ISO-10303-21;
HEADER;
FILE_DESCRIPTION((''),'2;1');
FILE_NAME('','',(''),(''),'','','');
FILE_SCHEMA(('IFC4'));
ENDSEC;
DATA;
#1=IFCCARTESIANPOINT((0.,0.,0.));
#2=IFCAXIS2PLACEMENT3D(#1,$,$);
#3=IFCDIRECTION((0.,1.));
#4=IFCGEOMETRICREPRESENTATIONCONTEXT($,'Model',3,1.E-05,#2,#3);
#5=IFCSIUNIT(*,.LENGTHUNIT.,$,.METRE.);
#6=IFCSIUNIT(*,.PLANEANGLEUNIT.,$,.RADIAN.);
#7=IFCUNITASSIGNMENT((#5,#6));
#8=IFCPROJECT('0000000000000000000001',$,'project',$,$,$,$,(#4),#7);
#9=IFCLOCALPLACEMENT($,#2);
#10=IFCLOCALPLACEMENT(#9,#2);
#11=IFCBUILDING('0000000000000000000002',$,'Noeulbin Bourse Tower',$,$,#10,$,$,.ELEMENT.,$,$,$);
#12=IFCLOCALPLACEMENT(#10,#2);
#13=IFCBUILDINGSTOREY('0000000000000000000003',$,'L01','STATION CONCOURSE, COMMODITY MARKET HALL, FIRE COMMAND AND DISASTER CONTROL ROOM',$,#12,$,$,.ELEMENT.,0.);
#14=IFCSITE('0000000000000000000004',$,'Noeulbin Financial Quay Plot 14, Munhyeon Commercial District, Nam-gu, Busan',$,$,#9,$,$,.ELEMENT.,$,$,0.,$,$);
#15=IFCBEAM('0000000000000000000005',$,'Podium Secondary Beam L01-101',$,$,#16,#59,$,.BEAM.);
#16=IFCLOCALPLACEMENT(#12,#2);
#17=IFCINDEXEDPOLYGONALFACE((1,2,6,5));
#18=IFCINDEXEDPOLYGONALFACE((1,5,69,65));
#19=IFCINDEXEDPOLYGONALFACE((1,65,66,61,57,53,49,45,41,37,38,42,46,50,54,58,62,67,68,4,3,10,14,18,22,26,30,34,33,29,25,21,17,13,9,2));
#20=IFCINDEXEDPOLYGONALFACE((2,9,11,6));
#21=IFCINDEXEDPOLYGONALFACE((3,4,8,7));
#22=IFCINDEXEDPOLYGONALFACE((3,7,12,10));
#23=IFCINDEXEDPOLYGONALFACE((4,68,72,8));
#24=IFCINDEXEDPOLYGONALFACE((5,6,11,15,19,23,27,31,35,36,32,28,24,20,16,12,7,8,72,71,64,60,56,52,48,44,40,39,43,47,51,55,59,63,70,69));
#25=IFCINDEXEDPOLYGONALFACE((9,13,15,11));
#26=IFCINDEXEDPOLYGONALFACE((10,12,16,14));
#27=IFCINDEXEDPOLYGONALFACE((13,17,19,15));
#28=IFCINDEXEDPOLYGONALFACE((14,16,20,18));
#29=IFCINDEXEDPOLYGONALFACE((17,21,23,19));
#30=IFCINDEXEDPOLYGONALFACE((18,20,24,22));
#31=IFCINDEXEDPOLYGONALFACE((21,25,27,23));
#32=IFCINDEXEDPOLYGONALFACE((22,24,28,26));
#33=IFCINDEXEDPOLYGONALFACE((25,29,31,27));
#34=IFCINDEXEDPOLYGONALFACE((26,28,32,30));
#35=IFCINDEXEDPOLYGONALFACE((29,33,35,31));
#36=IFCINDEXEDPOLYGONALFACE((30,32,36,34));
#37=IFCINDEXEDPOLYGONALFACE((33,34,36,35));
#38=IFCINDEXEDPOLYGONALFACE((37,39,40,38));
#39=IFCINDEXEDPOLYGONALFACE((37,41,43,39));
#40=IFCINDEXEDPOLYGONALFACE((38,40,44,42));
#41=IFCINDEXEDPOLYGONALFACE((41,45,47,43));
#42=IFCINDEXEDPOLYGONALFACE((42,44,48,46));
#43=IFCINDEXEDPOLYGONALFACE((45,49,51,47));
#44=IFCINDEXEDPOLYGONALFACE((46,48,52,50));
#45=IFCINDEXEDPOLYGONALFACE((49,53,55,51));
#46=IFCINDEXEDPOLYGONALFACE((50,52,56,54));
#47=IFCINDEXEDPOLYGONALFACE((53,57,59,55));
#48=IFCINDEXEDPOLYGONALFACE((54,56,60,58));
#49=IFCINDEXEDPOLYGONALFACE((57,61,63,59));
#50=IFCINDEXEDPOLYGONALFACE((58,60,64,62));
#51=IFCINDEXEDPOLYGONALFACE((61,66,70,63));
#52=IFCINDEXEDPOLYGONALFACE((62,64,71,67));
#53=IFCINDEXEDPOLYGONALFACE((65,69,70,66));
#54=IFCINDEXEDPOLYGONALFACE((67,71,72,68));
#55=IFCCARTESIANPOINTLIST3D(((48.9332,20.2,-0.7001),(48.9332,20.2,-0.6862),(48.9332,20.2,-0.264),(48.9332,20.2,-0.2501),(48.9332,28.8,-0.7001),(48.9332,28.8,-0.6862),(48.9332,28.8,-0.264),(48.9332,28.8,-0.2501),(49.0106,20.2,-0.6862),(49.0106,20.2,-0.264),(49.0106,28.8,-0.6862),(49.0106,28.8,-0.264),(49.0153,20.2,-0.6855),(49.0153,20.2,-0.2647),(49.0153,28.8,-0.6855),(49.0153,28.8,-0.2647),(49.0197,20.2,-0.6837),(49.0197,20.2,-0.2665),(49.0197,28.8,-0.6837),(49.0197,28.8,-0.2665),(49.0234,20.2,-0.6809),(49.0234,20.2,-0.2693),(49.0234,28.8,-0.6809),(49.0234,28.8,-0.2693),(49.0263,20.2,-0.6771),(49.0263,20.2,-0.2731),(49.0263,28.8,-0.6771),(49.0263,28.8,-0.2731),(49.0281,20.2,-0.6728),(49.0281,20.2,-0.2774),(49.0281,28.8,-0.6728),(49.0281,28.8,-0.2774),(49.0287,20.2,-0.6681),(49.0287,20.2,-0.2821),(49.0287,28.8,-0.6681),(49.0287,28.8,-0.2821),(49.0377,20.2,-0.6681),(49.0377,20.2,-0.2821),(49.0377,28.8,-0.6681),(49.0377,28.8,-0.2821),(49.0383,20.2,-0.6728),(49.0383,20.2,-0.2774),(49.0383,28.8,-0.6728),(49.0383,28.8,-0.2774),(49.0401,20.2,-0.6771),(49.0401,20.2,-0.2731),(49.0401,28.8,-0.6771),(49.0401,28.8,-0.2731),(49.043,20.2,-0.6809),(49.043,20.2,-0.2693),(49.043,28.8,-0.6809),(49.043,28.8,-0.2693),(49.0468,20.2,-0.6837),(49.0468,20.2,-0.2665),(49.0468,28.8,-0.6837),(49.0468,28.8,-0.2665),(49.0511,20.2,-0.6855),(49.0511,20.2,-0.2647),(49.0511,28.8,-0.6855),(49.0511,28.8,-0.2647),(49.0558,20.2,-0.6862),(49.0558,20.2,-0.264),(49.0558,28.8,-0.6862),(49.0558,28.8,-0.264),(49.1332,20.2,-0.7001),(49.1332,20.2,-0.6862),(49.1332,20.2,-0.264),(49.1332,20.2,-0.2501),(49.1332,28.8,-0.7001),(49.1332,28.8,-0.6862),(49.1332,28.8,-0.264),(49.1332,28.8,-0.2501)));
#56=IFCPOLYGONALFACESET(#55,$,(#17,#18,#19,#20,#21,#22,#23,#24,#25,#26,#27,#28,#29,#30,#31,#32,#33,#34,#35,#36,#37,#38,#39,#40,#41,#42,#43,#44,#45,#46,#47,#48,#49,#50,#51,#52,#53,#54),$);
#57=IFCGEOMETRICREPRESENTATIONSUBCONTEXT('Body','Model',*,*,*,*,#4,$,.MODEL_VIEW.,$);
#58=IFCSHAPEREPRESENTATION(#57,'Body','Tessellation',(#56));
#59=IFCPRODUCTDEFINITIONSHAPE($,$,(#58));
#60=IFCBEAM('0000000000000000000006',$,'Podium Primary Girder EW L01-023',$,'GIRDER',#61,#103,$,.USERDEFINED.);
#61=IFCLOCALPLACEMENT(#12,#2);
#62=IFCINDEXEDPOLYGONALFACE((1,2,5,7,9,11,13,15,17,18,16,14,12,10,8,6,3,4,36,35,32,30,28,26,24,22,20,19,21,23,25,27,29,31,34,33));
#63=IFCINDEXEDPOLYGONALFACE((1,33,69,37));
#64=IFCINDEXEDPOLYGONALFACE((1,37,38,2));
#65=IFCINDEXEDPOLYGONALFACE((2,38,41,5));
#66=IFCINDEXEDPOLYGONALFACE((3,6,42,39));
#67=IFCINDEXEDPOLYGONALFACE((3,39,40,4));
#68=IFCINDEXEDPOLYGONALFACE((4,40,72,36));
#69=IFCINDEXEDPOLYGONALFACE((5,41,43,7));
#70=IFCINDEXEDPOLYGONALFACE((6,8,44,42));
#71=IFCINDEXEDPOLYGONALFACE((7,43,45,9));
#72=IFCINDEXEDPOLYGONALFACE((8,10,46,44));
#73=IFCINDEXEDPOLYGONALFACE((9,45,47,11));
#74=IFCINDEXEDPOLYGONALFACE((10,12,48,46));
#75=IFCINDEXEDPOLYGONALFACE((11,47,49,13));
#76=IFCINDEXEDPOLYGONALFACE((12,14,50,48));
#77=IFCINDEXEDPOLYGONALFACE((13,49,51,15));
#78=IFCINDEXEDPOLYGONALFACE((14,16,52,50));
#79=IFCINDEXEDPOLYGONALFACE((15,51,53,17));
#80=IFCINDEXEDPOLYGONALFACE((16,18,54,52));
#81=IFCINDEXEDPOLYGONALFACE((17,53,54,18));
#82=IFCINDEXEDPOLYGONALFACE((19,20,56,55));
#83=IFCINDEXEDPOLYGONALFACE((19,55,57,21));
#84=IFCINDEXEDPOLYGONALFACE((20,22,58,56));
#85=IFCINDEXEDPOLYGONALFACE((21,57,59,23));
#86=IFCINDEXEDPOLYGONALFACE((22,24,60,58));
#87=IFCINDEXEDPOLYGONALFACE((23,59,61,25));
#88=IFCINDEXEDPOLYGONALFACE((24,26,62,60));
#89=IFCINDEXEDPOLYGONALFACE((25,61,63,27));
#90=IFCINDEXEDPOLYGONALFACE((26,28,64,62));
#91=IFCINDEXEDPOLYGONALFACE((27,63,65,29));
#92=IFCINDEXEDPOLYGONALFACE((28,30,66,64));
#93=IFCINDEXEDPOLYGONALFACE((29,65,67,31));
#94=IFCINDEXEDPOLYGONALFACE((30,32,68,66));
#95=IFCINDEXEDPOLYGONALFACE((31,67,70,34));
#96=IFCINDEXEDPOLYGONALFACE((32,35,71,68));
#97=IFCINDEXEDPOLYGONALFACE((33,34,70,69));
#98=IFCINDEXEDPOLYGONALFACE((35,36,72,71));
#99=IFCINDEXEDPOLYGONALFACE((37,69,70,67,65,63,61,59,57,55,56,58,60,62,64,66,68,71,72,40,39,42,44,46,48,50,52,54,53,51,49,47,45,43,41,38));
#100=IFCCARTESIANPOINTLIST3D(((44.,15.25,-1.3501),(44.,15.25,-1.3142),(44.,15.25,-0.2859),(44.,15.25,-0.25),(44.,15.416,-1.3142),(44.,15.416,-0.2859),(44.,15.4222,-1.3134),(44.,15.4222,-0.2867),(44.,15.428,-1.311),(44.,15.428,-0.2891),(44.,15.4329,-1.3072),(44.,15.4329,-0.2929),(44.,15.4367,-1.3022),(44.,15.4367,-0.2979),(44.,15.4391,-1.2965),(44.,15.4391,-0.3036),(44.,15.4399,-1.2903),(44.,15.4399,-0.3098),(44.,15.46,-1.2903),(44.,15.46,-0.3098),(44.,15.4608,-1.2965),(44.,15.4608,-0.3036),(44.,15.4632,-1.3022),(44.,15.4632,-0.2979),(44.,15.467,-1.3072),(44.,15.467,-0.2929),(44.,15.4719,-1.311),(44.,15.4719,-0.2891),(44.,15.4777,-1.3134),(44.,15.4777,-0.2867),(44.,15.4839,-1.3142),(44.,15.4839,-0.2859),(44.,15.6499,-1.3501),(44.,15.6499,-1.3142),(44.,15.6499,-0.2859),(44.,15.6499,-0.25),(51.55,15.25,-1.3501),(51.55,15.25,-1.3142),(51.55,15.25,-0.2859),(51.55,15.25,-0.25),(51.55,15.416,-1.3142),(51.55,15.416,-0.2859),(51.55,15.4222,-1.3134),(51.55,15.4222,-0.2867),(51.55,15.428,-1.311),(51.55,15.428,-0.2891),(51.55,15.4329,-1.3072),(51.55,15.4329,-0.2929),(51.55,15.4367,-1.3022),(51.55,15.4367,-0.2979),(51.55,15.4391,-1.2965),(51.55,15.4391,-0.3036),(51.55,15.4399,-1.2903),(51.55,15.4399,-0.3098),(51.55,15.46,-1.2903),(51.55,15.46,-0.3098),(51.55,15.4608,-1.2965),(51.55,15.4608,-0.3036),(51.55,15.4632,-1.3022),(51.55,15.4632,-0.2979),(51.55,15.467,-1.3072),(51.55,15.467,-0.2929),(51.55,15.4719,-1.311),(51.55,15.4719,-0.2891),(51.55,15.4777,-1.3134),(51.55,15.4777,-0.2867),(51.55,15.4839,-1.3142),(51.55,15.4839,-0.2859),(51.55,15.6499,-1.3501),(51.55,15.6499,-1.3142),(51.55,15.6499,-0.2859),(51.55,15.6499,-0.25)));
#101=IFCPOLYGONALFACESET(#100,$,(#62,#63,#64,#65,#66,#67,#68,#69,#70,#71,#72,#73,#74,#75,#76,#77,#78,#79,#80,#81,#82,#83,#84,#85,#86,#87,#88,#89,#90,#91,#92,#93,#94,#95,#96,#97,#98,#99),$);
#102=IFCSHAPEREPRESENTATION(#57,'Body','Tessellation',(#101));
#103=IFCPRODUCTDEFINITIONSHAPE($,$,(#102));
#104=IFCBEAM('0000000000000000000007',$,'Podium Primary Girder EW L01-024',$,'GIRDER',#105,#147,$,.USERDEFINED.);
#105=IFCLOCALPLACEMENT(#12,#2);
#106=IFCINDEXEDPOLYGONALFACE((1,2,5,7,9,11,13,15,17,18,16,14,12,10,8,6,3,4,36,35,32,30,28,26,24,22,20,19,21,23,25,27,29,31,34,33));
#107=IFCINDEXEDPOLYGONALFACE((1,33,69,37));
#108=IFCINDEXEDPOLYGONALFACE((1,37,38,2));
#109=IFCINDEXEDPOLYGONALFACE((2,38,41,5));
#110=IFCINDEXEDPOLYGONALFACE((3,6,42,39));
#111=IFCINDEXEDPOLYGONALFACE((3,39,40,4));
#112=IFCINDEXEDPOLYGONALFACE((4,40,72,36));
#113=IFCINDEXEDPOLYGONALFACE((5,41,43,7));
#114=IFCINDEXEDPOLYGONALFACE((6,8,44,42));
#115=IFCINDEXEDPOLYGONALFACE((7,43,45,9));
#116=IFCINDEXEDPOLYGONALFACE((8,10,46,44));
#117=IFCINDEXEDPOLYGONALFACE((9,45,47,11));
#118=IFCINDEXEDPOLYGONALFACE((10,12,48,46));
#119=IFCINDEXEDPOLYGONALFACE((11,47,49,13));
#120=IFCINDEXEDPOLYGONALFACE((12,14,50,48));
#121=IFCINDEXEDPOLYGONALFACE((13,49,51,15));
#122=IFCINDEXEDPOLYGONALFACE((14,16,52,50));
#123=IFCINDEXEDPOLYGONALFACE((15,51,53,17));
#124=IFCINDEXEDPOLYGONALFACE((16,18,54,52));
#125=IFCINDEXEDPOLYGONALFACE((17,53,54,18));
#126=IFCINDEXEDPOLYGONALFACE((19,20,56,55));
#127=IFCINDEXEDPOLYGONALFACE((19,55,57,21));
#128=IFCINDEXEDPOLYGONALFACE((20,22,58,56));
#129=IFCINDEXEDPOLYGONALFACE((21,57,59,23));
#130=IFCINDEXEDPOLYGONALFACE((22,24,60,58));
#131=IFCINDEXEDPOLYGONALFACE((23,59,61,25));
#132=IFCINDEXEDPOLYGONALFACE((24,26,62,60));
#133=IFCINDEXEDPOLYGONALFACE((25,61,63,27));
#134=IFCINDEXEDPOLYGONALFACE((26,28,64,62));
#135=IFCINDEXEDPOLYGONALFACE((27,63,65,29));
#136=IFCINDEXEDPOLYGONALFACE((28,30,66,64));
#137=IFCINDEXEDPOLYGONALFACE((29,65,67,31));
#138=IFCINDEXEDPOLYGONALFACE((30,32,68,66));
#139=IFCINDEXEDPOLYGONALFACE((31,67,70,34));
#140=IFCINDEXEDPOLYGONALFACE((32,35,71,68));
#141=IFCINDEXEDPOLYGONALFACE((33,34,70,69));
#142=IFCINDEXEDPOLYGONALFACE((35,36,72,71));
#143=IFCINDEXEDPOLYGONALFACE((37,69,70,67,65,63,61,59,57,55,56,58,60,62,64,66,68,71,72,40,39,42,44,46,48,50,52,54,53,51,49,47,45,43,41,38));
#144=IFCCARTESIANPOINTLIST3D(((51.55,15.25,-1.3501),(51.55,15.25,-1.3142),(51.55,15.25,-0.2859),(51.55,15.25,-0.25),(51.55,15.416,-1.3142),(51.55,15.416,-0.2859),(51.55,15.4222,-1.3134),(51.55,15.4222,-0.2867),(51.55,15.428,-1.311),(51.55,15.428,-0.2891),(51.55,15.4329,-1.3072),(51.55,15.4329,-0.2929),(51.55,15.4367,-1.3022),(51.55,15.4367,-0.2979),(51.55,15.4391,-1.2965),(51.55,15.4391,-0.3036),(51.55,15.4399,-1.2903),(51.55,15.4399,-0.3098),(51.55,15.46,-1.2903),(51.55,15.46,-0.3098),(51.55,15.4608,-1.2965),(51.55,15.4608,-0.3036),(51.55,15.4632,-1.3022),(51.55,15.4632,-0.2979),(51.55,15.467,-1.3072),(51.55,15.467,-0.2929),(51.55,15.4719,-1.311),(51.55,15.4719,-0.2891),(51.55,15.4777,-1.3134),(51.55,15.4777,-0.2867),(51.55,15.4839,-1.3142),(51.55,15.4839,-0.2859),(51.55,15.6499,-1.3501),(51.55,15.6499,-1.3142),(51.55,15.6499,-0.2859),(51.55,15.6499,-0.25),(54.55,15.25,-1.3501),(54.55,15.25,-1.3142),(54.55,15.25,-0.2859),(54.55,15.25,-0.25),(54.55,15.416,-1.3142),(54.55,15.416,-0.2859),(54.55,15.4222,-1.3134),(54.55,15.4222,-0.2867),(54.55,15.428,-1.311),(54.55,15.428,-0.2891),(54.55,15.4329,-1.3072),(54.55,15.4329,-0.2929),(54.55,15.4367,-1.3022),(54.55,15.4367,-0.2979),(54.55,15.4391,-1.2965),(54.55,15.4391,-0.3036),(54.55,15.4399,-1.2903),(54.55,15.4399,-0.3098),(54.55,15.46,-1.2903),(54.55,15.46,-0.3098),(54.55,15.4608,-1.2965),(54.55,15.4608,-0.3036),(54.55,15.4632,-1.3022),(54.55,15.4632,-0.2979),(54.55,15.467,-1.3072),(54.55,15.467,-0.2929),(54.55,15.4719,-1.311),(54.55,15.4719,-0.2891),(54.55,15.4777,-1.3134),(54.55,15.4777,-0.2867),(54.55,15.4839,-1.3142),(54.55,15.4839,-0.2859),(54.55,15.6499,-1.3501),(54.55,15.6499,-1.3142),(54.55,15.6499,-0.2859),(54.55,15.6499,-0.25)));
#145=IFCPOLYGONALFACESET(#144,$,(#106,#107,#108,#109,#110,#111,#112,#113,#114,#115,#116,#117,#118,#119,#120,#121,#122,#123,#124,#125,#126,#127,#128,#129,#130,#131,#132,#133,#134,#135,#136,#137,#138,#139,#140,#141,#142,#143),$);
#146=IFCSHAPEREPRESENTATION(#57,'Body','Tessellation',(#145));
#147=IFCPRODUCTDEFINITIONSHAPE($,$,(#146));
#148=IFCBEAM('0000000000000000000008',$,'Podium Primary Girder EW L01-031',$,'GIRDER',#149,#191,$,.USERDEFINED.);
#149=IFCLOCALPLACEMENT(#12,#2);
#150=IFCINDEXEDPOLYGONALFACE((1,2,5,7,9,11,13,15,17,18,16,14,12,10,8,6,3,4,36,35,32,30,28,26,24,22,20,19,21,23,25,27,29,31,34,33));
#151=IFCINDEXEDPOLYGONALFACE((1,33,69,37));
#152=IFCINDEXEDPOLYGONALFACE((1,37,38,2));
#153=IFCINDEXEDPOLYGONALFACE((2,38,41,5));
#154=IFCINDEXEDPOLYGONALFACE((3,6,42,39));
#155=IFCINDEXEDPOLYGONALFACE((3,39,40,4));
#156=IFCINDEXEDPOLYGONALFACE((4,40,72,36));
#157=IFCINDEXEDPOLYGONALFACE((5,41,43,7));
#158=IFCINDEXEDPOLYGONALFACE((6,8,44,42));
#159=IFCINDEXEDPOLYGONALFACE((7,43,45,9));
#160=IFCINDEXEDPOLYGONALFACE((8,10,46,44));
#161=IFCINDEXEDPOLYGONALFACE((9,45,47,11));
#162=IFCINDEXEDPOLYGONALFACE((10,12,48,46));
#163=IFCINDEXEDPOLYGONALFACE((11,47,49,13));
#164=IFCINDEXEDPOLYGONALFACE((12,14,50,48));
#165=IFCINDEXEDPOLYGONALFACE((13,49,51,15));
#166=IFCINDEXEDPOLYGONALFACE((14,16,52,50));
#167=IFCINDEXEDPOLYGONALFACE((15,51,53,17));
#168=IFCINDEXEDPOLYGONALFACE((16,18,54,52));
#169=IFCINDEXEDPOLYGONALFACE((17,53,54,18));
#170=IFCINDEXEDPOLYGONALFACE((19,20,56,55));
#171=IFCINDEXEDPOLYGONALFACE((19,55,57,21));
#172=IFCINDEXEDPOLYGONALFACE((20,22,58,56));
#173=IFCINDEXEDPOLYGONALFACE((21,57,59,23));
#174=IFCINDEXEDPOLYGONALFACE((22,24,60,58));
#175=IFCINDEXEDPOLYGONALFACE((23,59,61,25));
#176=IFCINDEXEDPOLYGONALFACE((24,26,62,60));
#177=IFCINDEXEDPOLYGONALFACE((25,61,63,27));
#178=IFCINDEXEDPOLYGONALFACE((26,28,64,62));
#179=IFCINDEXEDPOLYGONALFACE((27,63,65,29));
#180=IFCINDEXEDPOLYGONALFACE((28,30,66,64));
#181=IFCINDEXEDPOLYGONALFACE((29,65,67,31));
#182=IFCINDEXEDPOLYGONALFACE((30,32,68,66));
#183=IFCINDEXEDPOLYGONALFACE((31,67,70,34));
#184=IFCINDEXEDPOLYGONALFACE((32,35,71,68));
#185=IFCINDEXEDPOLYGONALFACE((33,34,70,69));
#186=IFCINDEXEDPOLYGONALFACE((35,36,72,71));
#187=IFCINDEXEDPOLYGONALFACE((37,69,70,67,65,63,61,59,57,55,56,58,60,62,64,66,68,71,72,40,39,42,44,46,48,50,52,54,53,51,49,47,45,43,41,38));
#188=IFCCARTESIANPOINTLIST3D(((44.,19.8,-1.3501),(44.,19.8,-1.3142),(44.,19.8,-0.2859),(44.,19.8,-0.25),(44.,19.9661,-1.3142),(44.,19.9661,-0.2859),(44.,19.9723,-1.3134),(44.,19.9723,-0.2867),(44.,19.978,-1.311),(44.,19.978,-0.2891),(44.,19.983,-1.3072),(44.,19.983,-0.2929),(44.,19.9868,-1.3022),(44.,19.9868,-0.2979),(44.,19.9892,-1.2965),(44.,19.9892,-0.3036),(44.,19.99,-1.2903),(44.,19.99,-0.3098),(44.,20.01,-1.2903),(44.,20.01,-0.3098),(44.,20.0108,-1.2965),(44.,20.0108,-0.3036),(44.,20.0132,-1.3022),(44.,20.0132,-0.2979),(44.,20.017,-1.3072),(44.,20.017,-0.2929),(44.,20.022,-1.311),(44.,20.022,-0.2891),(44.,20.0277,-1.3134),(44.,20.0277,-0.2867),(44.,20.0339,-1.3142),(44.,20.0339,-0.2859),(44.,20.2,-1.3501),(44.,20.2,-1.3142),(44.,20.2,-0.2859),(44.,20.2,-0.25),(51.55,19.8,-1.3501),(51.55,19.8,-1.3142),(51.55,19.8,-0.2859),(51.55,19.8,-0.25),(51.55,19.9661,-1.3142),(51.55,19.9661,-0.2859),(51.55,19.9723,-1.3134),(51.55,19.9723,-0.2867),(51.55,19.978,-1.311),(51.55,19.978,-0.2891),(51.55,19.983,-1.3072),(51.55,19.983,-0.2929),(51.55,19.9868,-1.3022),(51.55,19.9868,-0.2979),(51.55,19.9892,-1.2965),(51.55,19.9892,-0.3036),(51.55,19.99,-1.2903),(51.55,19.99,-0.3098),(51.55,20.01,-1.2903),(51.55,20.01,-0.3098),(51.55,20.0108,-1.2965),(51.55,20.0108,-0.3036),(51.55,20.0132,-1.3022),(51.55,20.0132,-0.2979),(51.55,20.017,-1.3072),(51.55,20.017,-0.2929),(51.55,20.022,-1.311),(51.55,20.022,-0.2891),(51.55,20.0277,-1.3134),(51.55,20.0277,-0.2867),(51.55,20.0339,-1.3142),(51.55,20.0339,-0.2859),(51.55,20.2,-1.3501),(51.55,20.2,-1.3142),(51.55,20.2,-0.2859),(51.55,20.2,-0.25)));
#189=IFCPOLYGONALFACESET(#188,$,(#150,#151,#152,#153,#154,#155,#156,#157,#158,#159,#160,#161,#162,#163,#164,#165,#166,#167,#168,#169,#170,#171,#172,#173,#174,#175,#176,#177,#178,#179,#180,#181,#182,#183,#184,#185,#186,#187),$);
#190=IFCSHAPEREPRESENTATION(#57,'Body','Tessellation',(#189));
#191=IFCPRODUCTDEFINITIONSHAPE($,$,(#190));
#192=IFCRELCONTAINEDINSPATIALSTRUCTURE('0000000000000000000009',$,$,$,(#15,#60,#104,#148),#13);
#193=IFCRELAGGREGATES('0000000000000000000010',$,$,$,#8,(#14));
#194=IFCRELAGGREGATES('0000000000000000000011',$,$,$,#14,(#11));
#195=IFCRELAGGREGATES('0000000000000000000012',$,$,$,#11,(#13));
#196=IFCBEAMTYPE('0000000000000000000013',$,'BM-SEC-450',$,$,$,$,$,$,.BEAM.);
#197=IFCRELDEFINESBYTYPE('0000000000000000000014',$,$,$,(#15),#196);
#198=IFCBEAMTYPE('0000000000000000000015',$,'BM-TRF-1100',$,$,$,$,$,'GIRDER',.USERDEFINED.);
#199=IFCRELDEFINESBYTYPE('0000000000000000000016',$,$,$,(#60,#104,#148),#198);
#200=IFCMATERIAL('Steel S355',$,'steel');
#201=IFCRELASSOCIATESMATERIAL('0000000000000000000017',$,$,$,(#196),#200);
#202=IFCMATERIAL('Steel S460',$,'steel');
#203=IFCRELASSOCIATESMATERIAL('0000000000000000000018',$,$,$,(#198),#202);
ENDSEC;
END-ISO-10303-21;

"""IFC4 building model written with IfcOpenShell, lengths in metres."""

from ifc_helpers import new_model, si_unit, direction, frame, origin, origin_2d, place, context, subcontext, project, spatial, i_section, extrude, material, material_profile, profile_set, type_object, element, save


model = new_model("IFC4")

# Units and contexts
model_context = context("Model", 3, precision=1e-05, world=origin(), true_north=direction((0.0, 1.0)))
body_context = subcontext(model_context, "Body", "Model", "MODEL_VIEW")
ifc_project = project(units=[si_unit("LENGTHUNIT", "METRE"), si_unit("PLANEANGLEUNIT", "RADIAN")], contexts=[model_context])

# Site, building, storey
site_placement = place(None, origin())
site = spatial("IfcSite", under=ifc_project, at=site_placement, Name="Noeulbin Financial Quay Plot 14, Munhyeon Commercial District, Nam-gu, Busan", CompositionType="ELEMENT", RefElevation=0.0)
building_placement = place(site_placement, origin())
building = spatial("IfcBuilding", under=site, at=building_placement, Name="Noeulbin Bourse Tower", CompositionType="ELEMENT")
storey_placement = place(building_placement, origin())
storey = spatial("IfcBuildingStorey", under=building, at=storey_placement, Name="L01", Description="STATION CONCOURSE, COMMODITY MARKET HALL, FIRE COMMAND AND DISASTER CONTROL ROOM", CompositionType="ELEMENT", Elevation=0.0)

# Shared definitions
ifc_material_1 = material(Name="Steel S460", Category="steel")

# Beams
ifc_material_2 = material(Name="Steel S355", Category="steel")
ifc_material_profile_1 = material_profile(ifc_material_2, i_section(OverallWidth=0.2, OverallDepth=0.45, WebThickness=0.009, FlangeThickness=0.0139, FilletRadius=0.0181, at=origin_2d()), Name="H-450x200x9x14", Category="LoadBearing")
ifc_profile_set_1 = profile_set([ifc_material_profile_1], Name="Steel S355")
beam_type_1 = type_object("IfcBeamType", Name="BM-SEC-450", PredefinedType="BEAM", material=ifc_profile_set_1)
beam_1_placement = place(storey_placement, frame((49.0332, 20.2, -0.4751), z_axis=(0.0, 1.0, 0.0), x_axis=(-1.0, 0.0, 0.0)))
element("IfcBeam", 1, at=beam_1_placement, inside=storey, type_object=beam_type_1, Name="Podium Secondary Beam L01-101", PredefinedType="BEAM", context=body_context, shape_type="SweptSolid", body=[
    extrude(i_section(OverallWidth=0.2, OverallDepth=0.45, WebThickness=0.009, FlangeThickness=0.0139, FilletRadius=0.0181, at=origin_2d()), origin(), (0.0, 0.0, 1.0), 8.6001),
])
ifc_material_profile_2 = material_profile(ifc_material_1, i_section(OverallWidth=0.3999, OverallDepth=1.1001, WebThickness=0.02, FlangeThickness=0.0359, FilletRadius=0.0239, at=origin_2d()), Name="PG-1100x400x20x36", Category="LoadBearing")
ifc_profile_set_2 = profile_set([ifc_material_profile_2], Name="Steel S460")
beam_type_2 = type_object("IfcBeamType", Name="BM-TRF-1100", ElementType="GIRDER", PredefinedType="USERDEFINED", material=ifc_profile_set_2)
beam_2_placement = place(storey_placement, frame((44.0, 15.45, -0.8), z_axis=(1.0, 0.0, 0.0), x_axis=(0.0, 1.0, 0.0)))
element("IfcBeam", 2, at=beam_2_placement, inside=storey, type_object=beam_type_2, Name="Podium Primary Girder EW L01-023", ObjectType="GIRDER", PredefinedType="USERDEFINED", context=body_context, shape_type="SweptSolid", body=[
    extrude(i_section(OverallWidth=0.3999, OverallDepth=1.1001, WebThickness=0.02, FlangeThickness=0.0359, FilletRadius=0.0239, at=origin_2d()), origin(), (0.0, 0.0, 1.0), 7.55),
])
beam_3_placement = place(storey_placement, frame((51.55, 15.45, -0.8), z_axis=(1.0, 0.0, 0.0), x_axis=(0.0, 1.0, 0.0)))
element("IfcBeam", 3, at=beam_3_placement, inside=storey, type_object=beam_type_2, Name="Podium Primary Girder EW L01-024", ObjectType="GIRDER", PredefinedType="USERDEFINED", context=body_context, shape_type="SweptSolid", body=[
    extrude(i_section(OverallWidth=0.3999, OverallDepth=1.1001, WebThickness=0.02, FlangeThickness=0.0359, FilletRadius=0.0239, at=origin_2d()), origin(), (0.0, 0.0, 1.0), 3.0),
])
beam_4_placement = place(storey_placement, frame((44.0, 20.0, -0.8), z_axis=(1.0, 0.0, 0.0), x_axis=(0.0, 1.0, 0.0)))
element("IfcBeam", 4, at=beam_4_placement, inside=storey, type_object=beam_type_2, Name="Podium Primary Girder EW L01-031", ObjectType="GIRDER", PredefinedType="USERDEFINED", context=body_context, shape_type="SweptSolid", body=[
    extrude(i_section(OverallWidth=0.3999, OverallDepth=1.1001, WebThickness=0.02, FlangeThickness=0.0359, FilletRadius=0.0239, at=origin_2d()), origin(), (0.0, 0.0, 1.0), 7.55),
])

save(model, "model.ifc")
